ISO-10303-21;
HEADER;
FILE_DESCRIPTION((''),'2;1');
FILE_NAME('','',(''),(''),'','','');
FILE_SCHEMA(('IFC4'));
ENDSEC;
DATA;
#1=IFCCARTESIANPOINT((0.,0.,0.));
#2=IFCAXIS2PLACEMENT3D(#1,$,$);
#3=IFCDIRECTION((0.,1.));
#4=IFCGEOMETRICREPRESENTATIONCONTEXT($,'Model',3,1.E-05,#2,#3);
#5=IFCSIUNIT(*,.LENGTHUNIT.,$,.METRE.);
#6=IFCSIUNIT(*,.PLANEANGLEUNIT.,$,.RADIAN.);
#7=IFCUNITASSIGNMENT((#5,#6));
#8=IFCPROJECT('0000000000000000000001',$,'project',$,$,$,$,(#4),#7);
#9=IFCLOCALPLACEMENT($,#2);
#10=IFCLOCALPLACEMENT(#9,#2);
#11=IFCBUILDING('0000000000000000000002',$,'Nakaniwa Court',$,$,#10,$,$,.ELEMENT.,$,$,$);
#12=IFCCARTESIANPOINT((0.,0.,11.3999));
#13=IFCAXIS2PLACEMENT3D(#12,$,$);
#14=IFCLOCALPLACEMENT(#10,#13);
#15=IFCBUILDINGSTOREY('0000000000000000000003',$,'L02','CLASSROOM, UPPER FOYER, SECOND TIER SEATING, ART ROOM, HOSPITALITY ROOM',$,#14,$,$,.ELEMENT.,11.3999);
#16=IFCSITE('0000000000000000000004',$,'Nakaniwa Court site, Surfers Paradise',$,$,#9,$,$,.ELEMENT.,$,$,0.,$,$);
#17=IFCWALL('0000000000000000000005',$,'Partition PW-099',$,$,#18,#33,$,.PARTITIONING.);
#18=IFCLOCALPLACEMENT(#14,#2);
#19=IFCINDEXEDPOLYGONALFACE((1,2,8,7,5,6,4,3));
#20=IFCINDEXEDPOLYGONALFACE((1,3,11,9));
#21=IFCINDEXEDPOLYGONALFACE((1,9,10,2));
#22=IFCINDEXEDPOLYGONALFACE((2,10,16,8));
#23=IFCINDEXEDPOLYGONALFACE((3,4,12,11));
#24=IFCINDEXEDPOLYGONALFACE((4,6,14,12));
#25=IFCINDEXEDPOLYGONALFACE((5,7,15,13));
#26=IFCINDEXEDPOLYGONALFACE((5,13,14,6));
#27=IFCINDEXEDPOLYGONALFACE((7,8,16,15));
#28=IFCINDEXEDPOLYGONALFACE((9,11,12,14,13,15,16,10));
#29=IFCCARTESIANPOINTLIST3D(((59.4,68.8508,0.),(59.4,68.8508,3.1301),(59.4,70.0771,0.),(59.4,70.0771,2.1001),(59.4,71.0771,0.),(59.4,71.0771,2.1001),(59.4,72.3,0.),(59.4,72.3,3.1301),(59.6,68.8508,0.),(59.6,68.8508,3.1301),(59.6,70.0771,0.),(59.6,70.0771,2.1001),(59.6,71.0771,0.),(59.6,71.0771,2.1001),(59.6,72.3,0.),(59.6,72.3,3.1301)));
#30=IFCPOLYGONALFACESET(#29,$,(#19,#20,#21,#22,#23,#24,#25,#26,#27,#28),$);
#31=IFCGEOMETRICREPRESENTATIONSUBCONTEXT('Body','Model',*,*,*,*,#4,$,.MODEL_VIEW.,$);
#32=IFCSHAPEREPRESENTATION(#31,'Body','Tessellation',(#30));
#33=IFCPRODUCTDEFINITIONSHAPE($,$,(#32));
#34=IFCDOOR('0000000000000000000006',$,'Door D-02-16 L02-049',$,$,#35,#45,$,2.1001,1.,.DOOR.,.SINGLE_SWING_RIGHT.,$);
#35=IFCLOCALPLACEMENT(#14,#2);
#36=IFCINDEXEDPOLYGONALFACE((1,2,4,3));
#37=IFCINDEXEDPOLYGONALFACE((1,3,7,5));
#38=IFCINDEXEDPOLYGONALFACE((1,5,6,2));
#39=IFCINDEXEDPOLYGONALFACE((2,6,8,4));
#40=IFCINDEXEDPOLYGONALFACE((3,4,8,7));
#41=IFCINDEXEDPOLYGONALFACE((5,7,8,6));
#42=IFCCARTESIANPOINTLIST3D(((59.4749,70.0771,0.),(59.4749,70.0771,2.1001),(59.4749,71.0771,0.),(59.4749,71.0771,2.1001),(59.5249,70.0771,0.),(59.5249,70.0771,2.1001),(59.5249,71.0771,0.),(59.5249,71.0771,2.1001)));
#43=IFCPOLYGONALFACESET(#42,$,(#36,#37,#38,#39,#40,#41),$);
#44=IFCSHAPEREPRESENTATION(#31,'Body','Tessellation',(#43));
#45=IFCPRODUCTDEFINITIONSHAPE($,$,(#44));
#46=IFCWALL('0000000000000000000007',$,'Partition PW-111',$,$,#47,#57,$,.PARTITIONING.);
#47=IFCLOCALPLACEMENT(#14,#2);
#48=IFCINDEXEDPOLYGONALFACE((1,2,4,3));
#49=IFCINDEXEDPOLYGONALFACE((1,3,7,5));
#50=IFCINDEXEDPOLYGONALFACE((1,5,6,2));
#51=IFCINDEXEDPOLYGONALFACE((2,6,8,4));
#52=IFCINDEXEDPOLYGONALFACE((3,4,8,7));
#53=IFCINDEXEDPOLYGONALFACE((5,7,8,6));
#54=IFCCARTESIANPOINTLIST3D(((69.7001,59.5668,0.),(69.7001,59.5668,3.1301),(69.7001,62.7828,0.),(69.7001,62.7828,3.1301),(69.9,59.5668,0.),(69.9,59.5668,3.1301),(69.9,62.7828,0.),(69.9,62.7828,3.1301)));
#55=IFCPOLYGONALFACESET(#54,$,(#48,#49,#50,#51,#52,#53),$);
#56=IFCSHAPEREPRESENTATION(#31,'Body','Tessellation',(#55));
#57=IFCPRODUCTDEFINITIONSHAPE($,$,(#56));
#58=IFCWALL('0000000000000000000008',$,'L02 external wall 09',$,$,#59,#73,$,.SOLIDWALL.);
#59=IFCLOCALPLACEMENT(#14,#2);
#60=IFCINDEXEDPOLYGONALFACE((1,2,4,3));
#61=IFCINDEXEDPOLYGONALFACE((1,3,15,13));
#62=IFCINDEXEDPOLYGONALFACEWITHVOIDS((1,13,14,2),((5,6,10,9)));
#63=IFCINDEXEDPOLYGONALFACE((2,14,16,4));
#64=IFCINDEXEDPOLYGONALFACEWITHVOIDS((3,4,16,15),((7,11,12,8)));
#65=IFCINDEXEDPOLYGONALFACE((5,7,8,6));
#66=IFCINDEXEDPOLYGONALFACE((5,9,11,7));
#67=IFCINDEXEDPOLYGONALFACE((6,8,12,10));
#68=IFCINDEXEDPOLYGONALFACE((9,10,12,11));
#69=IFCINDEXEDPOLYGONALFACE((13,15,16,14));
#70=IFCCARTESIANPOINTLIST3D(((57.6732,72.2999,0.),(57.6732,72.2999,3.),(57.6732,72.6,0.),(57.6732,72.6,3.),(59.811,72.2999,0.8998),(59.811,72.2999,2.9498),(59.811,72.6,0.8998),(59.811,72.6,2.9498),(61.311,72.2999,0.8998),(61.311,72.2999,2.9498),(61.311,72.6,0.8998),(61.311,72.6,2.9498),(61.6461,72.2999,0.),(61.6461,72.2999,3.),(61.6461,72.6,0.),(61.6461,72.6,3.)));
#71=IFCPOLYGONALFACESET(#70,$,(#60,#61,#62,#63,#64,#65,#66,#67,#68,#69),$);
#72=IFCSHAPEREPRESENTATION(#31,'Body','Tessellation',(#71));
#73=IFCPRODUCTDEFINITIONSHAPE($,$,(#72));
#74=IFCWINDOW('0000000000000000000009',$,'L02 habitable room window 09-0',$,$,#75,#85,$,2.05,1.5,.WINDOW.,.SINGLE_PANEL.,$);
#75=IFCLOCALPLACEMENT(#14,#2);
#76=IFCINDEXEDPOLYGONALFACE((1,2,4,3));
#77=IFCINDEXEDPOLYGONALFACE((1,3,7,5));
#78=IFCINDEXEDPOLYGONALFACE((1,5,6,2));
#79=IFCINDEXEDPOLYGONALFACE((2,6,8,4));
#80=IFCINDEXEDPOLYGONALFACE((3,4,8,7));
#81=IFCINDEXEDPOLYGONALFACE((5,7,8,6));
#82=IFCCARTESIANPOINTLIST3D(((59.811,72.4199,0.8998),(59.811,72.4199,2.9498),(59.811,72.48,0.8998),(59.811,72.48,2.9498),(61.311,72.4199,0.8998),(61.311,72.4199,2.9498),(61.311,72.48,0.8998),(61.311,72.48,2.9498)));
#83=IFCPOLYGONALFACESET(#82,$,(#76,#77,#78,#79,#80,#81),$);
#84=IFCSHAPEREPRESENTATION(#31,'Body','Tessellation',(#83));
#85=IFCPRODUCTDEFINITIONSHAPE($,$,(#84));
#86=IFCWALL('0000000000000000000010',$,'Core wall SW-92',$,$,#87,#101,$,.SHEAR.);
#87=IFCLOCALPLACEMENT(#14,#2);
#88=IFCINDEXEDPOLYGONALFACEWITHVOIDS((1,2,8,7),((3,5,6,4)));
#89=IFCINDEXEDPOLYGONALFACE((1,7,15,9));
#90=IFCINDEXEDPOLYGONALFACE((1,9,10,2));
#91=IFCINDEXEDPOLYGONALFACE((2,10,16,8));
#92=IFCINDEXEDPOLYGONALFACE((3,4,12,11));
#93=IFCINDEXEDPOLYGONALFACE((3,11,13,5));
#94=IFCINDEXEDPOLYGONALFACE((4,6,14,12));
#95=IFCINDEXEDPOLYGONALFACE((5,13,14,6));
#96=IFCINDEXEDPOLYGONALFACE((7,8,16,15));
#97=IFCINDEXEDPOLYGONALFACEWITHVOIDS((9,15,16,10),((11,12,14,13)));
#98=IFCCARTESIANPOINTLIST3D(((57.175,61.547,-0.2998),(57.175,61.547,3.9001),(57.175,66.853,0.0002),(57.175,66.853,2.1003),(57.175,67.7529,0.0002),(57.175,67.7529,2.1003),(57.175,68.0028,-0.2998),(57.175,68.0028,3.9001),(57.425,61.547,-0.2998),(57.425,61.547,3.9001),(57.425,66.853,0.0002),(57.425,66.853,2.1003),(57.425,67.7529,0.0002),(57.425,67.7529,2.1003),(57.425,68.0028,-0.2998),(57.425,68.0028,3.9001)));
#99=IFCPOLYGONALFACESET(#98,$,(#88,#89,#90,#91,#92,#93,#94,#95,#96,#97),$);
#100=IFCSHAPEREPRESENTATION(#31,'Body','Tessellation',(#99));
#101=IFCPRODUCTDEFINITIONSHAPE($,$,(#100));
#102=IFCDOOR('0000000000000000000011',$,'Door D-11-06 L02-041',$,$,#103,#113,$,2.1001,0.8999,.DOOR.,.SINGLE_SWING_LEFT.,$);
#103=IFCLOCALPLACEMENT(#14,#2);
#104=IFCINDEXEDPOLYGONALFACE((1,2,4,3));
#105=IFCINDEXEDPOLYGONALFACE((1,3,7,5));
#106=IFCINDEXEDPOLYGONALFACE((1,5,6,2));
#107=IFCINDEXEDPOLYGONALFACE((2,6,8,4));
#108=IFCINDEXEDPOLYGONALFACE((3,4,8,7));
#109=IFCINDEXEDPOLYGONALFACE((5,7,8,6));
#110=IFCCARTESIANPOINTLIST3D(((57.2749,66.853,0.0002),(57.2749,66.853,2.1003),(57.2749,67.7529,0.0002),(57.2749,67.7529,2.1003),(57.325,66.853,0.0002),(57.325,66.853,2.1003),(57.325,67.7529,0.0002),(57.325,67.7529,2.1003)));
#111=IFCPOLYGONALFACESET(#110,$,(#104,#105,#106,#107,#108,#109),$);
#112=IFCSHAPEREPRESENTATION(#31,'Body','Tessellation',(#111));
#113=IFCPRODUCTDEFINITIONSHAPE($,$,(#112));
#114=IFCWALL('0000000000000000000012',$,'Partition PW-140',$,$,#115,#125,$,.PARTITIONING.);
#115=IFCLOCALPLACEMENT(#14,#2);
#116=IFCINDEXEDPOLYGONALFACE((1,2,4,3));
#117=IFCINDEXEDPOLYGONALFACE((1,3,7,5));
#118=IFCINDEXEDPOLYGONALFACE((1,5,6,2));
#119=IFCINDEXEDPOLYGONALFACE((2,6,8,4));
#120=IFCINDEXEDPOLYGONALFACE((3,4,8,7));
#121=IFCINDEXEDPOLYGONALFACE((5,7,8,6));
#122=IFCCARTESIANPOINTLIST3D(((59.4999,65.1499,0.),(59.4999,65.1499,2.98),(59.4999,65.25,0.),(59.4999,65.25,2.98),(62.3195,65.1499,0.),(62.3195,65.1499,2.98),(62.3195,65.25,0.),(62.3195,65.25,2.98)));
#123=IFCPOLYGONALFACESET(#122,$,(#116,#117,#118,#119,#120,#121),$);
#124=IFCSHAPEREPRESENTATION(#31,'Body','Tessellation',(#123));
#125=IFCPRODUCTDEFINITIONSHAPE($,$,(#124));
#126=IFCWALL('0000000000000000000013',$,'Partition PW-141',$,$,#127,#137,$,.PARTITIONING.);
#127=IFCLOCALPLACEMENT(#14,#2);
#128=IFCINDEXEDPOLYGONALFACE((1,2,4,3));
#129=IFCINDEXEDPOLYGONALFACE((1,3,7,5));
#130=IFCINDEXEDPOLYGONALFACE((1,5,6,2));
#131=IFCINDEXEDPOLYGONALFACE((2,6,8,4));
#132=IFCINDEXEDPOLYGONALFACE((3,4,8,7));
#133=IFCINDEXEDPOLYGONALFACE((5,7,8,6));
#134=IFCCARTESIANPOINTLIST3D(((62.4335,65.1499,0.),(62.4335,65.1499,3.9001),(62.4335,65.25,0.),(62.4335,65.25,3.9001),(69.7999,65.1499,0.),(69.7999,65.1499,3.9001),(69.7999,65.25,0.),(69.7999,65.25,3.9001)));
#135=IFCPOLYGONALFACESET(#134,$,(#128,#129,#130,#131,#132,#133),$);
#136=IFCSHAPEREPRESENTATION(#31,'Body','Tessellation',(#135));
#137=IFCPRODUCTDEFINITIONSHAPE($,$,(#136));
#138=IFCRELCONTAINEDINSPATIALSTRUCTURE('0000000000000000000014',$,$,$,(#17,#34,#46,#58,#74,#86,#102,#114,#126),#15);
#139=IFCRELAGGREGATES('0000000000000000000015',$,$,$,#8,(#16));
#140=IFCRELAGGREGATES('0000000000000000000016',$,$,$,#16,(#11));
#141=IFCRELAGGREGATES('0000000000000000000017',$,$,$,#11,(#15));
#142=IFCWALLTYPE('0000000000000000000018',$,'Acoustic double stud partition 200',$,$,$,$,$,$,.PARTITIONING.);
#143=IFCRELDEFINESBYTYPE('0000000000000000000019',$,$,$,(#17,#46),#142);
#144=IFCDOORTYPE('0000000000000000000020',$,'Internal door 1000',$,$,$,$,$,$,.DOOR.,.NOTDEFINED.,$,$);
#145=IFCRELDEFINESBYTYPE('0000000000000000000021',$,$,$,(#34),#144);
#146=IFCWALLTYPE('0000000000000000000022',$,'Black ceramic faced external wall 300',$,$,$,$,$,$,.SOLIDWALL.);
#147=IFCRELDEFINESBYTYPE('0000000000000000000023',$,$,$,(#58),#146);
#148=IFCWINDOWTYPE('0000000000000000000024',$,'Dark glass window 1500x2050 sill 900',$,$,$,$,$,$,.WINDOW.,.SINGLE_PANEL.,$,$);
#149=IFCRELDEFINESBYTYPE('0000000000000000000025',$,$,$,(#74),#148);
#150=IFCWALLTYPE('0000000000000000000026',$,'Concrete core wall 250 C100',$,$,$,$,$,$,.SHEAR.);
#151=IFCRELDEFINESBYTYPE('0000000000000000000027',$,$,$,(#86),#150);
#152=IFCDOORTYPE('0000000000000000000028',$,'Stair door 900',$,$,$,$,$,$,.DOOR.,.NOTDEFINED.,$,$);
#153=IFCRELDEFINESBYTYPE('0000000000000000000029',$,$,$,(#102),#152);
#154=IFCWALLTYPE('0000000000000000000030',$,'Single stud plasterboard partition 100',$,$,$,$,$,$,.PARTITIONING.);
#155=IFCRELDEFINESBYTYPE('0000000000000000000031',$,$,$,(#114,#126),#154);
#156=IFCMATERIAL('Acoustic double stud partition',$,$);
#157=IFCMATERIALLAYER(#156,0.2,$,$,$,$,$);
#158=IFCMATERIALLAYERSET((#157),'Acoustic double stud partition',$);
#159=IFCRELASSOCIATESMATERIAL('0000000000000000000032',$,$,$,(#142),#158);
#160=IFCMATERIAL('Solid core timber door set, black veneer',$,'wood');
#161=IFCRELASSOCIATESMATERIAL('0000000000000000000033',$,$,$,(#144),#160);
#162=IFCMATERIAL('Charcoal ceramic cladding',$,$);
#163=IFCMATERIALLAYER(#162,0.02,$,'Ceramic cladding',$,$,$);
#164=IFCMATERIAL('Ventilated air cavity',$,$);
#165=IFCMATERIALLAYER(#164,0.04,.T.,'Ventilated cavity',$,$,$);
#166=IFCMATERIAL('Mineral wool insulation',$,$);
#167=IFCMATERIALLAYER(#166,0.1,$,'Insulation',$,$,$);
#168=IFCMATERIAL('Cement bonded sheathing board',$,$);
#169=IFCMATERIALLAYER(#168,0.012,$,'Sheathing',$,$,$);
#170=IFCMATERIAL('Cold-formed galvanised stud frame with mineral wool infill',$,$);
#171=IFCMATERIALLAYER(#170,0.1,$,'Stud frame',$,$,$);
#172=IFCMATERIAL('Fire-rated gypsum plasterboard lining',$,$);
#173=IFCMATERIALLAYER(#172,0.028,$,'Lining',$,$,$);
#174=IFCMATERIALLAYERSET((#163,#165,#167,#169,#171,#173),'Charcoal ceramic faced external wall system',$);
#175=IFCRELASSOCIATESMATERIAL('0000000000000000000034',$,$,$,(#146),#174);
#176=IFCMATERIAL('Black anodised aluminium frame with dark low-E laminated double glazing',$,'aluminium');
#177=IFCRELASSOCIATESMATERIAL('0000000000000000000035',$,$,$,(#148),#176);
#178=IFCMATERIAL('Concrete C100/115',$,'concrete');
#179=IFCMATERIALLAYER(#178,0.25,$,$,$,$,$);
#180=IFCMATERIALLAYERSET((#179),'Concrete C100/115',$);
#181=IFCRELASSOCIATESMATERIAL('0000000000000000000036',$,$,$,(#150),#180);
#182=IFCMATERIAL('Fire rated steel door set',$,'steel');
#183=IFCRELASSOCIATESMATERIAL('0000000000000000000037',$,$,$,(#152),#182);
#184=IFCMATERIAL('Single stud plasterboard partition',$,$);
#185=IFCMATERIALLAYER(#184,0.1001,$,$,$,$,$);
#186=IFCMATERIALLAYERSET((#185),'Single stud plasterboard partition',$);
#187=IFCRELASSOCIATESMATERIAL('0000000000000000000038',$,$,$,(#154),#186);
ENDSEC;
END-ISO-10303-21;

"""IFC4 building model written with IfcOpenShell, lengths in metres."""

from ifc_helpers import new_model, si_unit, direction, frame, frame_2d, origin, place, context, subcontext, project, spatial, rectangle, extrude, material, layer, layer_set, type_object, element, fill, save


model = new_model("IFC4")

# Units and contexts
model_context = context("Model", 3, precision=1e-05, world=origin(), true_north=direction((0.0, 1.0)))
body_context = subcontext(model_context, "Body", "Model", "MODEL_VIEW")
ifc_project = project(units=[si_unit("LENGTHUNIT", "METRE"), si_unit("PLANEANGLEUNIT", "RADIAN")], contexts=[model_context])

# Site, building, storey
site_placement = place(None, origin())
site = spatial("IfcSite", under=ifc_project, at=site_placement, Name="Nakaniwa Court site, Surfers Paradise", CompositionType="ELEMENT", RefElevation=0.0)
building_placement = place(site_placement, origin())
building = spatial("IfcBuilding", under=site, at=building_placement, Name="Nakaniwa Court", CompositionType="ELEMENT")
storey_placement = place(building_placement, frame((0.0, 0.0, 11.3999)))
storey = spatial("IfcBuildingStorey", under=building, at=storey_placement, Name="L02", Description="CLASSROOM, UPPER FOYER, SECOND TIER SEATING, ART ROOM, HOSPITALITY ROOM", CompositionType="ELEMENT", Elevation=11.3999)

# Shared definitions
ifc_material_1 = material(Name="Concrete C100/115", Category="concrete")

# Shared definitions
ifc_material_2 = material(Name="Acoustic double stud partition")
ifc_layer_1 = layer(ifc_material_2, 0.2)
ifc_layer_set_1 = layer_set([ifc_layer_1], Name="Acoustic double stud partition")
wall_type_1 = type_object("IfcWallType", Name="Acoustic double stud partition 200", PredefinedType="PARTITIONING", material=ifc_layer_set_1)
ifc_material_3 = material(Name="Solid core timber door set, black veneer", Category="wood")
door_type_1 = type_object("IfcDoorType", Name="Internal door 1000", OperationType="NOTDEFINED", PredefinedType="DOOR", material=ifc_material_3)

# Wall, opening, door
wall_1_placement = place(storey_placement, frame((59.5, 72.3, 0.0), z_axis=(0.0, 0.0, 1.0), x_axis=(0.0, -1.0, 0.0)))
wall_1 = element("IfcWall", 1, at=wall_1_placement, inside=storey, type_object=wall_type_1, Name="Partition PW-099", PredefinedType="PARTITIONING", context=body_context, shape_type="SweptSolid", body=[
    extrude(rectangle(XDim=3.4492, YDim=0.2, at=frame_2d((1.7246, 0.0))), origin(), (0.0, 0.0, 1.0), 3.1301),
])
opening_1_placement = place(wall_1_placement, frame((1.2229, 0.0, 0.0)))
opening_1 = element("IfcOpeningElement", 2, at=opening_1_placement, cuts=wall_1, PredefinedType="OPENING", context=body_context, shape_type="SweptSolid", body=[
    extrude(rectangle(XDim=1.0, YDim=2.1001, at=frame_2d((0.5, 1.05))), frame((0.0, 0.1099, 0.0), z_axis=(0.0, -1.0, 0.0), x_axis=(1.0, 0.0, 0.0)), (0.0, 0.0, 1.0), 0.22),
])
door_1_placement = place(opening_1_placement, origin())
door_1 = element("IfcDoor", 3, at=door_1_placement, inside=storey, type_object=door_type_1, Name="Door D-02-16 L02-049", OperationType="SINGLE_SWING_RIGHT", OverallHeight=2.1001, OverallWidth=1.0, PredefinedType="DOOR", context=body_context, shape_type="SweptSolid", body=[
    extrude(rectangle(XDim=1.0, YDim=2.1001, at=frame_2d((0.5, 1.05))), frame((0.0, 0.0249, 0.0), z_axis=(0.0, -1.0, 0.0), x_axis=(1.0, 0.0, 0.0)), (0.0, 0.0, 1.0), 0.05),
])
fill(opening_1, door_1)

# Wall
wall_2_placement = place(storey_placement, frame((69.8, 59.5669, 0.0), z_axis=(0.0, 0.0, 1.0), x_axis=(0.0, 1.0, 0.0)))
element("IfcWall", 4, at=wall_2_placement, inside=storey, type_object=wall_type_1, Name="Partition PW-111", PredefinedType="PARTITIONING", context=body_context, shape_type="SweptSolid", body=[
    extrude(rectangle(XDim=3.2161, YDim=0.2, at=frame_2d((1.6079, 0.0))), origin(), (0.0, 0.0, 1.0), 3.1301),
])

# Wall, opening, window
ifc_material_4 = material(Name="Charcoal ceramic cladding")
ifc_layer_2 = layer(ifc_material_4, 0.02, Name="Ceramic cladding")
ifc_material_5 = material(Name="Ventilated air cavity")
ifc_layer_3 = layer(ifc_material_5, 0.04, ventilated=True, Name="Ventilated cavity")
ifc_material_6 = material(Name="Mineral wool insulation")
ifc_layer_4 = layer(ifc_material_6, 0.1, Name="Insulation")
ifc_material_7 = material(Name="Cement bonded sheathing board")
ifc_layer_5 = layer(ifc_material_7, 0.012, Name="Sheathing")
ifc_material_8 = material(Name="Cold-formed galvanised stud frame with mineral wool infill")
ifc_layer_6 = layer(ifc_material_8, 0.1, Name="Stud frame")
ifc_material_9 = material(Name="Fire-rated gypsum plasterboard lining")
ifc_layer_7 = layer(ifc_material_9, 0.028, Name="Lining")
ifc_layer_set_2 = layer_set([ifc_layer_2, ifc_layer_3, ifc_layer_4, ifc_layer_5, ifc_layer_6, ifc_layer_7], Name="Charcoal ceramic faced external wall system")
wall_type_2 = type_object("IfcWallType", Name="Black ceramic faced external wall 300", PredefinedType="SOLIDWALL", material=ifc_layer_set_2)
wall_3_placement = place(storey_placement, frame((61.646, 72.45, 0.0), z_axis=(0.0, 0.0, 1.0), x_axis=(-1.0, 0.0, 0.0)))
wall_3 = element("IfcWall", 5, at=wall_3_placement, inside=storey, type_object=wall_type_2, Name="L02 external wall 09", PredefinedType="SOLIDWALL", context=body_context, shape_type="SweptSolid", body=[
    extrude(rectangle(XDim=3.9729, YDim=0.3, at=frame_2d((1.9863, 0.0))), origin(), (0.0, 0.0, 1.0), 3.0),
])
opening_2_placement = place(wall_3_placement, frame((0.335, 0.0, 0.8999)))
opening_2 = element("IfcOpeningElement", 6, at=opening_2_placement, cuts=wall_3, PredefinedType="OPENING", context=body_context, shape_type="SweptSolid", body=[
    extrude(rectangle(XDim=1.5, YDim=2.05, at=frame_2d((0.75, 1.0249))), frame((0.0, 0.1599, 0.0), z_axis=(0.0, -1.0, 0.0), x_axis=(1.0, 0.0, 0.0)), (0.0, 0.0, 1.0), 0.3201),
])
ifc_material_10 = material(Name="Black anodised aluminium frame with dark low-E laminated double glazing", Category="aluminium")
window_type = type_object("IfcWindowType", Name="Dark glass window 1500x2050 sill 900", PartitioningType="SINGLE_PANEL", PredefinedType="WINDOW", material=ifc_material_10)
window_placement = place(opening_2_placement, origin())
window = element("IfcWindow", 7, at=window_placement, inside=storey, type_object=window_type, Name="L02 habitable room window 09-0", OverallHeight=2.05, OverallWidth=1.5, PartitioningType="SINGLE_PANEL", PredefinedType="WINDOW", context=body_context, shape_type="SweptSolid", body=[
    extrude(rectangle(XDim=1.5, YDim=2.05, at=frame_2d((0.75, 1.0249))), frame((0.0, 0.03, 0.0), z_axis=(0.0, -1.0, 0.0), x_axis=(1.0, 0.0, 0.0)), (0.0, 0.0, 1.0), 0.0601),
])
fill(opening_2, window)

# Wall, opening, door
ifc_layer_8 = layer(ifc_material_1, 0.25)
ifc_layer_set_3 = layer_set([ifc_layer_8], Name="Concrete C100/115")
wall_type_3 = type_object("IfcWallType", Name="Concrete core wall 250 C100", PredefinedType="SHEAR", material=ifc_layer_set_3)
wall_4_placement = place(storey_placement, frame((57.3, 68.0029, -0.2998), z_axis=(0.0, 0.0, 1.0), x_axis=(0.0, -1.0, 0.0)))
wall_4 = element("IfcWall", 8, at=wall_4_placement, inside=storey, type_object=wall_type_3, Name="Core wall SW-92", PredefinedType="SHEAR", context=body_context, shape_type="SweptSolid", body=[
    extrude(rectangle(XDim=6.4558, YDim=0.25, at=frame_2d((3.228, 0.0))), origin(), (0.0, 0.0, 1.0), 4.2),
])
opening_3_placement = place(wall_4_placement, frame((0.25, 0.0, 0.3)))
opening_3 = element("IfcOpeningElement", 9, at=opening_3_placement, cuts=wall_4, PredefinedType="OPENING", context=body_context, shape_type="SweptSolid", body=[
    extrude(rectangle(XDim=0.8999, YDim=2.1001, at=frame_2d((0.45, 1.05))), frame((0.0, 0.135, 0.0), z_axis=(0.0, -1.0, 0.0), x_axis=(1.0, 0.0, 0.0)), (0.0, 0.0, 1.0), 0.27),
])
ifc_material_11 = material(Name="Fire rated steel door set", Category="steel")
door_type_2 = type_object("IfcDoorType", Name="Stair door 900", OperationType="NOTDEFINED", PredefinedType="DOOR", material=ifc_material_11)
door_2_placement = place(opening_3_placement, origin())
door_2 = element("IfcDoor", 10, at=door_2_placement, inside=storey, type_object=door_type_2, Name="Door D-11-06 L02-041", OperationType="SINGLE_SWING_LEFT", OverallHeight=2.1001, OverallWidth=0.8999, PredefinedType="DOOR", context=body_context, shape_type="SweptSolid", body=[
    extrude(rectangle(XDim=0.8999, YDim=2.1001, at=frame_2d((0.45, 1.05))), frame((0.0, 0.0249, 0.0), z_axis=(0.0, -1.0, 0.0), x_axis=(1.0, 0.0, 0.0)), (0.0, 0.0, 1.0), 0.05),
])
fill(opening_3, door_2)

# Walls
ifc_material_12 = material(Name="Single stud plasterboard partition")
ifc_layer_9 = layer(ifc_material_12, 0.1001)
ifc_layer_set_4 = layer_set([ifc_layer_9], Name="Single stud plasterboard partition")
wall_type_4 = type_object("IfcWallType", Name="Single stud plasterboard partition 100", PredefinedType="PARTITIONING", material=ifc_layer_set_4)
wall_5_placement = place(storey_placement, frame((59.5, 65.2, 0.0), z_axis=(0.0, 0.0, 1.0), x_axis=(1.0, 0.0, 0.0)))
element("IfcWall", 11, at=wall_5_placement, inside=storey, type_object=wall_type_4, Name="Partition PW-140", PredefinedType="PARTITIONING", context=body_context, shape_type="SweptSolid", body=[
    extrude(rectangle(XDim=2.8196, YDim=0.1001, at=frame_2d((1.4097, 0.0))), origin(), (0.0, 0.0, 1.0), 2.98),
])
wall_6_placement = place(storey_placement, frame((62.4336, 65.2, 0.0), z_axis=(0.0, 0.0, 1.0), x_axis=(1.0, 0.0, 0.0)))
element("IfcWall", 12, at=wall_6_placement, inside=storey, type_object=wall_type_4, Name="Partition PW-141", PredefinedType="PARTITIONING", context=body_context, shape_type="SweptSolid", body=[
    extrude(rectangle(XDim=7.3665, YDim=0.1001, at=frame_2d((3.6831, 0.0))), origin(), (0.0, 0.0, 1.0), 3.9001),
])

save(model, "model.ifc")
